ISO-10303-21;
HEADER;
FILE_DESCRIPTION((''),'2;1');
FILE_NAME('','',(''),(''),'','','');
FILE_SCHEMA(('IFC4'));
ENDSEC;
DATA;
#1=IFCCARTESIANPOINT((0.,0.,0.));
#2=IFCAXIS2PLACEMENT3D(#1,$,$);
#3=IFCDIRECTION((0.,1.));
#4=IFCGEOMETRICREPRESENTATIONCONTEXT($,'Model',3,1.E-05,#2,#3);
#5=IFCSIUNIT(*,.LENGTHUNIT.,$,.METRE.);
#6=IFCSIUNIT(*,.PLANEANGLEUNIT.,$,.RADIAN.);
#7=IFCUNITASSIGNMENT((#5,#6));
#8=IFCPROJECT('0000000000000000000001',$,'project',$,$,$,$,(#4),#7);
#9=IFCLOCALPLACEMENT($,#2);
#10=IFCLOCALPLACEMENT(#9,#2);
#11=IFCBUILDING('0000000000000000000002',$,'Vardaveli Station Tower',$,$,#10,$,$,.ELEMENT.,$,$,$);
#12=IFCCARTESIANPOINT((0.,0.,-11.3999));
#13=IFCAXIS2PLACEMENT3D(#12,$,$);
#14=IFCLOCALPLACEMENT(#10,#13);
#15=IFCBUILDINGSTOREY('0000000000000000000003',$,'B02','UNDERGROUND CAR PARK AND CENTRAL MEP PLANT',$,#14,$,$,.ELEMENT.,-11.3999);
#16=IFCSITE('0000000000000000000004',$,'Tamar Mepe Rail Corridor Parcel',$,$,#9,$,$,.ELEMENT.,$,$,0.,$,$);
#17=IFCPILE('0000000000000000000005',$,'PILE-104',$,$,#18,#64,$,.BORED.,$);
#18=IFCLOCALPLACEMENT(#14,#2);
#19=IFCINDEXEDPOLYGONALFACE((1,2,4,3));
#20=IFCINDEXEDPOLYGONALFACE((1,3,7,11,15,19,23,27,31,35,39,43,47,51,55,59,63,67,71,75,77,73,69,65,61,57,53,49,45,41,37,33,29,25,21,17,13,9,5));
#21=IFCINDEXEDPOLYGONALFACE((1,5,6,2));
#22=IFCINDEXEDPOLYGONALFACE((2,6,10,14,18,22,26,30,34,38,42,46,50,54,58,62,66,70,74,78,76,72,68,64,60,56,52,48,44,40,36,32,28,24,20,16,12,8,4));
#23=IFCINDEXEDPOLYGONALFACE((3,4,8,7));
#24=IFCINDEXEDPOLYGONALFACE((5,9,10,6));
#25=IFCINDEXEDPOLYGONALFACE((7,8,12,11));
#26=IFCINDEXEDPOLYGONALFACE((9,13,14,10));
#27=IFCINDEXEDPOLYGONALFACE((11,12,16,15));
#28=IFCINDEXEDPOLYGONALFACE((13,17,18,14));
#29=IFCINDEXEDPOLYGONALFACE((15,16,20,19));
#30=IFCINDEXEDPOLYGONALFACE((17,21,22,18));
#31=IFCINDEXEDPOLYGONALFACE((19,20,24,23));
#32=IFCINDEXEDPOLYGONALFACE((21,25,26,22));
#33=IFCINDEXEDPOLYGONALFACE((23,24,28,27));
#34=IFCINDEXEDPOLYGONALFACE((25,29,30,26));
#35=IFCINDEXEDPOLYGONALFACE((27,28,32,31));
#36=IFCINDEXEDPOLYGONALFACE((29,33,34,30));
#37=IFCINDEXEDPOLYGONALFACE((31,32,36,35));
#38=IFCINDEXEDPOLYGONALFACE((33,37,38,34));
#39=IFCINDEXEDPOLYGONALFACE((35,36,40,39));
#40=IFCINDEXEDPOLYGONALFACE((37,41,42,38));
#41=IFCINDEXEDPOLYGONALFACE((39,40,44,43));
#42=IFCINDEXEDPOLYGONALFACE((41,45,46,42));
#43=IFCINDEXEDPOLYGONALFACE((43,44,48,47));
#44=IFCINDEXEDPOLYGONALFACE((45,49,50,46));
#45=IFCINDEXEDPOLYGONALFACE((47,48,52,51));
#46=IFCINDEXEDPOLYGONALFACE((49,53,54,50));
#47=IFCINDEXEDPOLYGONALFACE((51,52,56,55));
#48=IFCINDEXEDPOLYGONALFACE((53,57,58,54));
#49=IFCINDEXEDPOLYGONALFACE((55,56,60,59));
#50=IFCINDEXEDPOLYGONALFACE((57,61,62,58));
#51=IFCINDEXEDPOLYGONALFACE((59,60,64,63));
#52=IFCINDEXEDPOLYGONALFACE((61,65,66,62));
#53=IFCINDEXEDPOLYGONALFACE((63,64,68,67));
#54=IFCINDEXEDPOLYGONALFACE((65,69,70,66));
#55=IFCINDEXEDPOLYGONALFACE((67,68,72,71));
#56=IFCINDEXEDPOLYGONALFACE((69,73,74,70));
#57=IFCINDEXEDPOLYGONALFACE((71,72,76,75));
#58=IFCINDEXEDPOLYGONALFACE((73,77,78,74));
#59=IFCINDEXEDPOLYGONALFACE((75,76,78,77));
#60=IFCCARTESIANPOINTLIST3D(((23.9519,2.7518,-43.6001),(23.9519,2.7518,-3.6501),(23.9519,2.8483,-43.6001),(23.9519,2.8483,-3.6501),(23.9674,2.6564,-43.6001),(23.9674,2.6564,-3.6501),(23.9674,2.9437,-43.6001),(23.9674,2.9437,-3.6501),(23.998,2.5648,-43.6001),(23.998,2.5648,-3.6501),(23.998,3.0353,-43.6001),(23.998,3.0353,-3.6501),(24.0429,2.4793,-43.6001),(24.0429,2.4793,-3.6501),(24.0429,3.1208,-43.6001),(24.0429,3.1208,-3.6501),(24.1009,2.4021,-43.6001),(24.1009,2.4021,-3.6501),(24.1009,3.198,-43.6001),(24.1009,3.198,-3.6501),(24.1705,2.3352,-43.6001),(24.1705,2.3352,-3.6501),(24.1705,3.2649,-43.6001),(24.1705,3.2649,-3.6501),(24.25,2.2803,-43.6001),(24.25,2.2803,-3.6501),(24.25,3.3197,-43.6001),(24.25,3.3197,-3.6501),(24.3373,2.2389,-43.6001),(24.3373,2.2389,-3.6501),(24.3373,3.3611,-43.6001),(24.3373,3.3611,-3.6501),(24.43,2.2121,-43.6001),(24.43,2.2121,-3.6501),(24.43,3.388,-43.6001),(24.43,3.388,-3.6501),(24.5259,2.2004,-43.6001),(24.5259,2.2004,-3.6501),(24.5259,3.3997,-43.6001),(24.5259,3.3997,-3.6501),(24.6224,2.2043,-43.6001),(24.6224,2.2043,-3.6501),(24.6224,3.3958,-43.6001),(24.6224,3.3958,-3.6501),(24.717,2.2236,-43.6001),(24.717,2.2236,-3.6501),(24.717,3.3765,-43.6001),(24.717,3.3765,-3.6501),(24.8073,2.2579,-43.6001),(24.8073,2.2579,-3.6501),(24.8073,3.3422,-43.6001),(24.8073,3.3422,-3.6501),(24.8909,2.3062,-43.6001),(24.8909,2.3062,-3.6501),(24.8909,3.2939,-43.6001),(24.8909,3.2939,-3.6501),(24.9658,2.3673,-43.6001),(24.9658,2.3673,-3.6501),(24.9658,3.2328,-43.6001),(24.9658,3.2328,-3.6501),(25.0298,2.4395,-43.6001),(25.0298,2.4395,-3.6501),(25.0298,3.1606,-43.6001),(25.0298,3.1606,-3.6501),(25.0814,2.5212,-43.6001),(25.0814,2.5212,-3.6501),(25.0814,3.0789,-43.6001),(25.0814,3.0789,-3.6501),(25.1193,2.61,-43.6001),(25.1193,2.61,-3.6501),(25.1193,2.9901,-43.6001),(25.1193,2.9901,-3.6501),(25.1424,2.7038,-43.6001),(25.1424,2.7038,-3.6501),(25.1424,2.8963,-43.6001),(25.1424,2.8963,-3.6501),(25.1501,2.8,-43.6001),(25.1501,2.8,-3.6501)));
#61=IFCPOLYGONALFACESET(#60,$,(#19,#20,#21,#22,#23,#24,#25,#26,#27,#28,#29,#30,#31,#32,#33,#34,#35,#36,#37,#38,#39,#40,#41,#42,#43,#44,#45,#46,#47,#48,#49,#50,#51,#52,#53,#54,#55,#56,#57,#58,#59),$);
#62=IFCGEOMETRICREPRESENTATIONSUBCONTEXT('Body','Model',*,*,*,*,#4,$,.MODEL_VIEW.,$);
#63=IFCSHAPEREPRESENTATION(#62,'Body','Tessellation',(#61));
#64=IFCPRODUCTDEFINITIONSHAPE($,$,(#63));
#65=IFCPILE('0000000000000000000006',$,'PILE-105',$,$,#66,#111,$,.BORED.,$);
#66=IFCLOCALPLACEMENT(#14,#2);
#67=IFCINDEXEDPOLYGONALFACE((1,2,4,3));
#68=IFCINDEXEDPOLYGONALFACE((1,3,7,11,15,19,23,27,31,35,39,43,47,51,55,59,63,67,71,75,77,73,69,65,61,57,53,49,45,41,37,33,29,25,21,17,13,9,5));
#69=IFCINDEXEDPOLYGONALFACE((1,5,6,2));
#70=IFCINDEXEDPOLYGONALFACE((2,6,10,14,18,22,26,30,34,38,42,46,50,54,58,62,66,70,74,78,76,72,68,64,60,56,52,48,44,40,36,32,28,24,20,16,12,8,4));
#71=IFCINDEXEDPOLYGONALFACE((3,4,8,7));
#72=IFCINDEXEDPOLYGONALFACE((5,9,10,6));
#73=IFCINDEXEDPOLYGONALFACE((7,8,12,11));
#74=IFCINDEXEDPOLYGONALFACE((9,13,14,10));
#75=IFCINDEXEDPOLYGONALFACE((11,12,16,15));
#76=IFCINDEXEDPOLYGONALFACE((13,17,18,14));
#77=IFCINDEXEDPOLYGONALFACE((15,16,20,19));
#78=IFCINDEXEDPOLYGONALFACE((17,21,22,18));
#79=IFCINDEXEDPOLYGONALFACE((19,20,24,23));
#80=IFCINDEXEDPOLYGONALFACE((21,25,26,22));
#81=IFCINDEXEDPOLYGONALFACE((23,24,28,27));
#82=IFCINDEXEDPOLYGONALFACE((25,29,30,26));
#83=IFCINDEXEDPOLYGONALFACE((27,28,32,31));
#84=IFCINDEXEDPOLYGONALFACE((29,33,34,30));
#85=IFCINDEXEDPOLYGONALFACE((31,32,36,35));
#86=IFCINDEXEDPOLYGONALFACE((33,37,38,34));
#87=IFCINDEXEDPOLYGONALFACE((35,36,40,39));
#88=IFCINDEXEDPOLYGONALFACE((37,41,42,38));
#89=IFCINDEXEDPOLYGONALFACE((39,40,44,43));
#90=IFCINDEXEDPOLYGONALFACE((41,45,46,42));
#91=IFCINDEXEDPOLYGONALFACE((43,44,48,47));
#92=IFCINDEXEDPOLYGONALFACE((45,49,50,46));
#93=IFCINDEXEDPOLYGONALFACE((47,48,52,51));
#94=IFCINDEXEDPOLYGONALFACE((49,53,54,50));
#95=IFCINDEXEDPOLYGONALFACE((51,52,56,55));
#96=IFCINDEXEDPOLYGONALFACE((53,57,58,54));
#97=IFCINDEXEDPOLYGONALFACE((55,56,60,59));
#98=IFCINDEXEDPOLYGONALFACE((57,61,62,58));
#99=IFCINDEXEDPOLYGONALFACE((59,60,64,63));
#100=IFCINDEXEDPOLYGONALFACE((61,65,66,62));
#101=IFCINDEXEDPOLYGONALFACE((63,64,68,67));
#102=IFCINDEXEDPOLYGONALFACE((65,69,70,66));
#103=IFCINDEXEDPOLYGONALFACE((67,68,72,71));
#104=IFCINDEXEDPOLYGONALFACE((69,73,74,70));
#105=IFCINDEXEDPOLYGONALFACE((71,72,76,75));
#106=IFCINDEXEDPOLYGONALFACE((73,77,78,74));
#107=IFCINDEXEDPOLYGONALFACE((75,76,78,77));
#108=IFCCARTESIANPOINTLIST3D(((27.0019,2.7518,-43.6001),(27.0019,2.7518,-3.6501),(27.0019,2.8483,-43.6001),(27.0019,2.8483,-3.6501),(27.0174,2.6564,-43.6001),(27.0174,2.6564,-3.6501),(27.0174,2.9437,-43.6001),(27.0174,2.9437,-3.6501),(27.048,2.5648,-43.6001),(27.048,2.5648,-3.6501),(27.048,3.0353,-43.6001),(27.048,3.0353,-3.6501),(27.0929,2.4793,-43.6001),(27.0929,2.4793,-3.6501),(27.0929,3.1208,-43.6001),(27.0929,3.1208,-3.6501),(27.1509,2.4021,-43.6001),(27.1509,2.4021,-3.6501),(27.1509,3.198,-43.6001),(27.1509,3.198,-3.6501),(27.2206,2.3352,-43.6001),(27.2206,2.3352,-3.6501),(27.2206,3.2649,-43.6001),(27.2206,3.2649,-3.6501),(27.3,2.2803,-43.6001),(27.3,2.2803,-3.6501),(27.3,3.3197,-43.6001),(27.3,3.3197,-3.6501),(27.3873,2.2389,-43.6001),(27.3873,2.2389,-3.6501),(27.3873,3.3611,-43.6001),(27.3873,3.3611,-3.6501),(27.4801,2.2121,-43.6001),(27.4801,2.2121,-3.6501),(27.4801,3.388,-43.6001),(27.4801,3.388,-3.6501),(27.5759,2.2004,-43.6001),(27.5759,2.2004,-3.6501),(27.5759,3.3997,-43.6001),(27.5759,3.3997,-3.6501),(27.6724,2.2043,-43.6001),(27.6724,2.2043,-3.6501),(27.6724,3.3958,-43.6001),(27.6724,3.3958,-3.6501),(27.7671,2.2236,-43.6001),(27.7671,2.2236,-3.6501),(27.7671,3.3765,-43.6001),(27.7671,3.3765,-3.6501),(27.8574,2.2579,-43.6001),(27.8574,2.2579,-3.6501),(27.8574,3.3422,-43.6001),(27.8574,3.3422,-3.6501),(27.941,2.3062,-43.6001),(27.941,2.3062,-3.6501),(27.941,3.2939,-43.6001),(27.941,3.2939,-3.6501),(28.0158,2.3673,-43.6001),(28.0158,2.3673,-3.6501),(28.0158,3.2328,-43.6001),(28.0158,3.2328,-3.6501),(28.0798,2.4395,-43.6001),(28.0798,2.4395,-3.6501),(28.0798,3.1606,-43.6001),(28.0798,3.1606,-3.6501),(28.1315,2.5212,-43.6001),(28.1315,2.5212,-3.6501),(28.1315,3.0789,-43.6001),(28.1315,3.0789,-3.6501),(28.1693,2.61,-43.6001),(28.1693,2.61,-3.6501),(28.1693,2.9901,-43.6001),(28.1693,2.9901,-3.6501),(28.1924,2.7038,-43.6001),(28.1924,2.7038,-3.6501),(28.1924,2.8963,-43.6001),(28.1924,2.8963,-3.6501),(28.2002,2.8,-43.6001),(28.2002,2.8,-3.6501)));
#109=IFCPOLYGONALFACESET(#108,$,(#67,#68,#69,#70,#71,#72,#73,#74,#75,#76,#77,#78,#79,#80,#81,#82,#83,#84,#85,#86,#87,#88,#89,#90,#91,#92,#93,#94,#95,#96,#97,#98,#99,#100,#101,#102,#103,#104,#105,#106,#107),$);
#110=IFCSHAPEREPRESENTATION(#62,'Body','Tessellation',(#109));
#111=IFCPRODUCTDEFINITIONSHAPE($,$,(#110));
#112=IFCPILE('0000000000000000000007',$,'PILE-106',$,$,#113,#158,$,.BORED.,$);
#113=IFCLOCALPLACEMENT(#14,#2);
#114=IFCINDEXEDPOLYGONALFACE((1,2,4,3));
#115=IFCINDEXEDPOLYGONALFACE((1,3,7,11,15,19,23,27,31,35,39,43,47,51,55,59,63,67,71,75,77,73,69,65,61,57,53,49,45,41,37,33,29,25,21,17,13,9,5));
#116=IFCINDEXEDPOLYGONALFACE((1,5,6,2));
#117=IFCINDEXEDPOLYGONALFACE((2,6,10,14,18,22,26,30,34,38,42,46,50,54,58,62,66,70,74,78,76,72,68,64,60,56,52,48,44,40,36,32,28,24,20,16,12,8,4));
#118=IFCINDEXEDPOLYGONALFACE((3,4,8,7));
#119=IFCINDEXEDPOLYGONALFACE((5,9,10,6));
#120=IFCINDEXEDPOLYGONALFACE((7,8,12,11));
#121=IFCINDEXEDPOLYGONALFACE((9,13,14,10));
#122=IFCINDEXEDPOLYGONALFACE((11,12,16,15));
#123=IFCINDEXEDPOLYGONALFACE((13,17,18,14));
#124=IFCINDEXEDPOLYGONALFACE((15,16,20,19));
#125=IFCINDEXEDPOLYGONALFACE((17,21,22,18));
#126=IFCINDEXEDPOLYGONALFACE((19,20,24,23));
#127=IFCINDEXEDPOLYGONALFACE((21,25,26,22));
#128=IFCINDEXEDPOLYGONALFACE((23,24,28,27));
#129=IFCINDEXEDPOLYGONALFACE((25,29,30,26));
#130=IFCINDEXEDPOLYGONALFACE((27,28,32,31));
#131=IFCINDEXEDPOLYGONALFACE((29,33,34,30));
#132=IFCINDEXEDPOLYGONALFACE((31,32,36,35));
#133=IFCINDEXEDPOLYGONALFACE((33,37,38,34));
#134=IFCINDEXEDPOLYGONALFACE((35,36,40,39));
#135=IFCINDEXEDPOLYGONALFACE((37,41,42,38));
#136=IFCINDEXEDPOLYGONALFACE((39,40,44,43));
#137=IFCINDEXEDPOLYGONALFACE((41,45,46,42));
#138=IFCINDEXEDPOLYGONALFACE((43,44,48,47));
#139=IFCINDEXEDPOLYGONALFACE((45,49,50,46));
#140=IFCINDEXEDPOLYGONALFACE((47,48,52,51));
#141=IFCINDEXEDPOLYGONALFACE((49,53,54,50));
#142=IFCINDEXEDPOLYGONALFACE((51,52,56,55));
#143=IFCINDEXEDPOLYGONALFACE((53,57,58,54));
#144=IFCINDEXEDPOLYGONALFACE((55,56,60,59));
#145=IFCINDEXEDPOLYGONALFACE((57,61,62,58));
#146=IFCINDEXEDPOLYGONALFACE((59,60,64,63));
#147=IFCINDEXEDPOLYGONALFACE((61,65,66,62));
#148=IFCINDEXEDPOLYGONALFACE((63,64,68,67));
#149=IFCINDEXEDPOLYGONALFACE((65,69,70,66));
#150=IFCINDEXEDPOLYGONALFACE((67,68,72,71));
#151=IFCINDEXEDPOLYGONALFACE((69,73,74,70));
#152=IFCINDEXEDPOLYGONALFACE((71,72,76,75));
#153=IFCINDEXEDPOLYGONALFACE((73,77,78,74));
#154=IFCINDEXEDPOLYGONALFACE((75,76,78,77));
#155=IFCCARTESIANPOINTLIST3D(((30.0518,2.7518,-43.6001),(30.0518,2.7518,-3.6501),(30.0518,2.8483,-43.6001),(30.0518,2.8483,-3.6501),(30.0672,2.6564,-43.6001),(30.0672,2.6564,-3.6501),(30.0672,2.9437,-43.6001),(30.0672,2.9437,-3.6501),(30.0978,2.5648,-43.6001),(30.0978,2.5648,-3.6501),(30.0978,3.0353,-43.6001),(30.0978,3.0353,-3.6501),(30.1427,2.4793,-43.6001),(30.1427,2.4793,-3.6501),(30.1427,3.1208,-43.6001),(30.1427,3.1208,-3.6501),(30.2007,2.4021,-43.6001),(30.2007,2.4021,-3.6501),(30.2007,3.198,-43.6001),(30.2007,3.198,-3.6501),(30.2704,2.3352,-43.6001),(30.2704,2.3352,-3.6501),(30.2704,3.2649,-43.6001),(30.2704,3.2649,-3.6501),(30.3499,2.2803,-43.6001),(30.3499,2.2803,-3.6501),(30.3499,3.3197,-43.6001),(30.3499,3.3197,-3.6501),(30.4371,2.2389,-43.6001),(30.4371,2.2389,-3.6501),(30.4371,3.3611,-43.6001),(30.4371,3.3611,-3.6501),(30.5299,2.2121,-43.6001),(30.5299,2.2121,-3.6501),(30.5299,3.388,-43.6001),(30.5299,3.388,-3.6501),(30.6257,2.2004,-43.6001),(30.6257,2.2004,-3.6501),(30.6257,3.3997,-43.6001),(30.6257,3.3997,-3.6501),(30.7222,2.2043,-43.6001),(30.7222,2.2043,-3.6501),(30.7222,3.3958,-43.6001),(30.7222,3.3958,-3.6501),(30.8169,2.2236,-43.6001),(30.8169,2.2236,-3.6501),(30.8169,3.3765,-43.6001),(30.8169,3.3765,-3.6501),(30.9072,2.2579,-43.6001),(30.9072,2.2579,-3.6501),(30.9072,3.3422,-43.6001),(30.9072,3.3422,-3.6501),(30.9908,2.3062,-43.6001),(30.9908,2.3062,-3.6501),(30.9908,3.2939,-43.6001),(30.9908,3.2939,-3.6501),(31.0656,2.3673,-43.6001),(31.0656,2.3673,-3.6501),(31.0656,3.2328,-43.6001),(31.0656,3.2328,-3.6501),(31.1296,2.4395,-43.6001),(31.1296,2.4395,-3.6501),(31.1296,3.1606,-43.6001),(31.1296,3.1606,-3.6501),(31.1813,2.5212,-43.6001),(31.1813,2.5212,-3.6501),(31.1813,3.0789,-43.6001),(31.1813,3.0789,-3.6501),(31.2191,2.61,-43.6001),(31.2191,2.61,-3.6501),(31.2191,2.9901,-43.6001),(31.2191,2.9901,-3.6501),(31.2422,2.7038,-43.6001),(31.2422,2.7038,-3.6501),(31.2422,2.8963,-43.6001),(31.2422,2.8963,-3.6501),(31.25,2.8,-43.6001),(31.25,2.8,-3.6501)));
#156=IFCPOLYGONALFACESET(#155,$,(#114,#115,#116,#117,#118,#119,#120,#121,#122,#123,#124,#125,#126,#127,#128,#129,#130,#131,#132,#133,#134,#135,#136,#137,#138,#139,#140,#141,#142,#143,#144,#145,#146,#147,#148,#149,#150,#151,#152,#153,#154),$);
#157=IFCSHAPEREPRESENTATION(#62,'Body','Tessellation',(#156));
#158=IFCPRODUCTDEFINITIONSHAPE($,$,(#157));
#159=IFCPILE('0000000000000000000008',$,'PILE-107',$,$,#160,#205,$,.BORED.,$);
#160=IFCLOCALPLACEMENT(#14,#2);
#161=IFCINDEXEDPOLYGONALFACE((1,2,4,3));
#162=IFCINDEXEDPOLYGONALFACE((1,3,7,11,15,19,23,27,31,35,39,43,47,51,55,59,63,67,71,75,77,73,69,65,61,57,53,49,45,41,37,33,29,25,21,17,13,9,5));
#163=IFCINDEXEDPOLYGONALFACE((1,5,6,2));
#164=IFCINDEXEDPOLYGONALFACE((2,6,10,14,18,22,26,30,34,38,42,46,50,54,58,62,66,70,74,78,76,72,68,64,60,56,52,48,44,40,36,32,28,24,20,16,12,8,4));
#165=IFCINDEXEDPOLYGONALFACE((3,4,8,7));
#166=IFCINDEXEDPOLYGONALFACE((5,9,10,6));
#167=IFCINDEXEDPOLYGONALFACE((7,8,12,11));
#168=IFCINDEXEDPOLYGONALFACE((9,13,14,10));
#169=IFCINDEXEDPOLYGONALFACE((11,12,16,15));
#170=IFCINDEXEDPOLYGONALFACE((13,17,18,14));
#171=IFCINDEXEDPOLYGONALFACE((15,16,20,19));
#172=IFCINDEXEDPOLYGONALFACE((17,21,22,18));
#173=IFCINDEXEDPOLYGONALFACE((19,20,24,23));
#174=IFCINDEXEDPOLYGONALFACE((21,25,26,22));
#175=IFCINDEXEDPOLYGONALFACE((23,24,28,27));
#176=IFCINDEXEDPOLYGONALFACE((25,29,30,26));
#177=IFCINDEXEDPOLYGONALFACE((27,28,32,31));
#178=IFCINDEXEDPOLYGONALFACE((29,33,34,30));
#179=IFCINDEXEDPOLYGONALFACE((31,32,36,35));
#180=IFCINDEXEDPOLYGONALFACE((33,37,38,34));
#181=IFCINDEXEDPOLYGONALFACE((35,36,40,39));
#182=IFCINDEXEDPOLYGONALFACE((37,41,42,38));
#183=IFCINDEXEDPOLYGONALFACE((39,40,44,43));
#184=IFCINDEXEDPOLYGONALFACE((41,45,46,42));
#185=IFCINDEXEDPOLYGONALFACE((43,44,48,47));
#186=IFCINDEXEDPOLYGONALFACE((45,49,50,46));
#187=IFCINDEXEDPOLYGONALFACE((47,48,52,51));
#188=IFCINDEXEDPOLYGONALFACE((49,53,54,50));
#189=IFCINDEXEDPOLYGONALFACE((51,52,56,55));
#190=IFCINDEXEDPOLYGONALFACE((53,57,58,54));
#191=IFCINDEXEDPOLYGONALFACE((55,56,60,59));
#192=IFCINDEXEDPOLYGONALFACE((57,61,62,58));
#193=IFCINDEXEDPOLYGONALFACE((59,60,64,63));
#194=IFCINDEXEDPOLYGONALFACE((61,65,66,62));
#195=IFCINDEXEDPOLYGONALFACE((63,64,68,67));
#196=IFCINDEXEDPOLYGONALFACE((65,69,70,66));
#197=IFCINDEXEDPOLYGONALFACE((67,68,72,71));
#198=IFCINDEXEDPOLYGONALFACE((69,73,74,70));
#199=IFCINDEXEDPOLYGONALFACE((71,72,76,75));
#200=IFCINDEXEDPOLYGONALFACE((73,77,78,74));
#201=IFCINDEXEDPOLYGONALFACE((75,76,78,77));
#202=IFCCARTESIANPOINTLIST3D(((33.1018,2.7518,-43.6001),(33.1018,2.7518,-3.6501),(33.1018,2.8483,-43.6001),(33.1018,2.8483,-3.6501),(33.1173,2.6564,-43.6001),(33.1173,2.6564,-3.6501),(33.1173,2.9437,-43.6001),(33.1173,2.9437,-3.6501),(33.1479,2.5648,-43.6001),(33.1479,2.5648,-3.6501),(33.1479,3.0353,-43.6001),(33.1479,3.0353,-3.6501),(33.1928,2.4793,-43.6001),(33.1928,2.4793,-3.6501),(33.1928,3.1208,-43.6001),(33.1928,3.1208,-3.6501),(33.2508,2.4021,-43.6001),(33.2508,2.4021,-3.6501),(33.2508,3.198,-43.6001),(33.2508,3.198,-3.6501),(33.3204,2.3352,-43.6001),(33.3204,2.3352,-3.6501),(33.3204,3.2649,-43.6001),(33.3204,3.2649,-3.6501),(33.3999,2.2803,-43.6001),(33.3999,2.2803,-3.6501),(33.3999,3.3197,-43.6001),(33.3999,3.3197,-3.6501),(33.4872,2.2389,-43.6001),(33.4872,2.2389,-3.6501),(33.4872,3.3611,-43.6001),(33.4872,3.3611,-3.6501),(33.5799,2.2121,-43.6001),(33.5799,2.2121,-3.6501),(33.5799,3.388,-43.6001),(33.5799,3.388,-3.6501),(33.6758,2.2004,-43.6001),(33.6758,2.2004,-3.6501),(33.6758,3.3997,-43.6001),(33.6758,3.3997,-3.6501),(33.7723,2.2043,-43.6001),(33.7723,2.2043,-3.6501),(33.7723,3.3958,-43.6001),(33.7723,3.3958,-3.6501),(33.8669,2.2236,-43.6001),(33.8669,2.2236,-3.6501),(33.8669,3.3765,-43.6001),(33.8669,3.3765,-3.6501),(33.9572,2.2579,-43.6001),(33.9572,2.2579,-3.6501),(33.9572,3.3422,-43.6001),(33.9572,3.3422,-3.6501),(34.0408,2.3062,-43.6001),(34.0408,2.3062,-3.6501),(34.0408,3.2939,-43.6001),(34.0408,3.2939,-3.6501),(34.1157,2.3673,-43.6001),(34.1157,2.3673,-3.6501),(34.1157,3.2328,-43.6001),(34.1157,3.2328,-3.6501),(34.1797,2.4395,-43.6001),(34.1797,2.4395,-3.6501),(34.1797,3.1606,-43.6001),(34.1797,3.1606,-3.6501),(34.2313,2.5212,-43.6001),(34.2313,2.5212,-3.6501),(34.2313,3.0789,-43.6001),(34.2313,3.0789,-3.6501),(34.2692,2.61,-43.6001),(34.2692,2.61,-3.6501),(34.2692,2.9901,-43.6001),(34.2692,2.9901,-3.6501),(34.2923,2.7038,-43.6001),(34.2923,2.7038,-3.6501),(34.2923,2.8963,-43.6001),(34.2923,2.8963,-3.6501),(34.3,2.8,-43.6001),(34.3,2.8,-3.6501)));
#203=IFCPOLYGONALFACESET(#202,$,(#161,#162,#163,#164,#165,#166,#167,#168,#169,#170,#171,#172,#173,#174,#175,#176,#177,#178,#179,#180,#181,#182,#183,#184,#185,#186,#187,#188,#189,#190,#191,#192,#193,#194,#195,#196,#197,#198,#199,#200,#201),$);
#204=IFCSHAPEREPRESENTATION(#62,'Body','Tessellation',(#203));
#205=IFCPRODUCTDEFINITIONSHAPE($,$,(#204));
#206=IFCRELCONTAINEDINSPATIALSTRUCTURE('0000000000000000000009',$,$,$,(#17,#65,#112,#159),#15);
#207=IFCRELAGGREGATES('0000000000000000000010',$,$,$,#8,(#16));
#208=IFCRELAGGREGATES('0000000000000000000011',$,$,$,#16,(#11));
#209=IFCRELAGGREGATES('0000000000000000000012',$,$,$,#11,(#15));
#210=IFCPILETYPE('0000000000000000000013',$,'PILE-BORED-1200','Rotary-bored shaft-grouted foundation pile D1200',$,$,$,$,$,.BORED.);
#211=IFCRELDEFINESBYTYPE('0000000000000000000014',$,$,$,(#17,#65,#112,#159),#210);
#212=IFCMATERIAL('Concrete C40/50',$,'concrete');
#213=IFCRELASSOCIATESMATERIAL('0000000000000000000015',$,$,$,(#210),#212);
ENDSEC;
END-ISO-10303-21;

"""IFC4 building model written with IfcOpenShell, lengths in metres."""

from ifc_helpers import new_model, si_unit, direction, frame, origin, origin_2d, place, context, subcontext, project, spatial, circle, extrude, source, transform, mapped, material, material_profile, profile_set, type_object, element, save


model = new_model("IFC4")

# Units and contexts
model_context = context("Model", 3, precision=1e-05, world=origin(), true_north=direction((0.0, 1.0)))
body_context = subcontext(model_context, "Body", "Model", "MODEL_VIEW")
ifc_project = project(units=[si_unit("LENGTHUNIT", "METRE"), si_unit("PLANEANGLEUNIT", "RADIAN")], contexts=[model_context])

# Site, building, storey
site_placement = place(None, origin())
site = spatial("IfcSite", under=ifc_project, at=site_placement, Name="Tamar Mepe Rail Corridor Parcel", CompositionType="ELEMENT", RefElevation=0.0)
building_placement = place(site_placement, origin())
building = spatial("IfcBuilding", under=site, at=building_placement, Name="Vardaveli Station Tower", CompositionType="ELEMENT")
storey_placement = place(building_placement, frame((0.0, 0.0, -11.3999)))
storey = spatial("IfcBuildingStorey", under=building, at=storey_placement, Name="B02", Description="UNDERGROUND CAR PARK AND CENTRAL MEP PLANT", CompositionType="ELEMENT", Elevation=-11.3999)

# Piles
ifc_material_1 = material(Name="Concrete C40/50", Category="concrete")
ifc_material_profile_1 = material_profile(ifc_material_1, circle(Radius=0.6001, at=origin_2d()), Name="PILE D1200")
ifc_profile_set_1 = profile_set([ifc_material_profile_1], Name="Concrete C40/50")
pile_type_1 = type_object("IfcPileType", Name="PILE-BORED-1200", Description="Rotary-bored shaft-grouted foundation pile D1200", PredefinedType="BORED", material=ifc_profile_set_1)
shared_shape_1 = source(origin(), body_context, "Body", "SweptSolid", [
    extrude(circle(Radius=0.6001, at=origin_2d()), origin(), (0.0, 0.0, 1.0), 39.95),
])
for number, where, z_axis, x_axis, name in (
    (1, (24.55, 2.8, -3.6501), (0.0, 0.0, -1.0), (1.0, 0.0, 0.0), "PILE-104"),
    (2, (27.6001, 2.8, -3.6501), (0.0, 0.0, -1.0), (1.0, 0.0, 0.0), "PILE-105"),
    (3, (30.6499, 2.8, -3.6501), (0.0, 0.0, -1.0), (1.0, 0.0, 0.0), "PILE-106"),
    (4, (33.7, 2.8, -3.6501), (0.0, 0.0, -1.0), (1.0, 0.0, 0.0), "PILE-107"),
):
    element("IfcPile", number, at=place(storey_placement, frame(where, z_axis=z_axis, x_axis=x_axis)), inside=storey, type_object=pile_type_1, Name=name, PredefinedType="BORED", context=body_context, shape_type="MappedRepresentation", body=[
        mapped(shared_shape_1, transform((0.0, 0.0, 0.0), scale=1.0)),
    ])

save(model, "model.ifc")
